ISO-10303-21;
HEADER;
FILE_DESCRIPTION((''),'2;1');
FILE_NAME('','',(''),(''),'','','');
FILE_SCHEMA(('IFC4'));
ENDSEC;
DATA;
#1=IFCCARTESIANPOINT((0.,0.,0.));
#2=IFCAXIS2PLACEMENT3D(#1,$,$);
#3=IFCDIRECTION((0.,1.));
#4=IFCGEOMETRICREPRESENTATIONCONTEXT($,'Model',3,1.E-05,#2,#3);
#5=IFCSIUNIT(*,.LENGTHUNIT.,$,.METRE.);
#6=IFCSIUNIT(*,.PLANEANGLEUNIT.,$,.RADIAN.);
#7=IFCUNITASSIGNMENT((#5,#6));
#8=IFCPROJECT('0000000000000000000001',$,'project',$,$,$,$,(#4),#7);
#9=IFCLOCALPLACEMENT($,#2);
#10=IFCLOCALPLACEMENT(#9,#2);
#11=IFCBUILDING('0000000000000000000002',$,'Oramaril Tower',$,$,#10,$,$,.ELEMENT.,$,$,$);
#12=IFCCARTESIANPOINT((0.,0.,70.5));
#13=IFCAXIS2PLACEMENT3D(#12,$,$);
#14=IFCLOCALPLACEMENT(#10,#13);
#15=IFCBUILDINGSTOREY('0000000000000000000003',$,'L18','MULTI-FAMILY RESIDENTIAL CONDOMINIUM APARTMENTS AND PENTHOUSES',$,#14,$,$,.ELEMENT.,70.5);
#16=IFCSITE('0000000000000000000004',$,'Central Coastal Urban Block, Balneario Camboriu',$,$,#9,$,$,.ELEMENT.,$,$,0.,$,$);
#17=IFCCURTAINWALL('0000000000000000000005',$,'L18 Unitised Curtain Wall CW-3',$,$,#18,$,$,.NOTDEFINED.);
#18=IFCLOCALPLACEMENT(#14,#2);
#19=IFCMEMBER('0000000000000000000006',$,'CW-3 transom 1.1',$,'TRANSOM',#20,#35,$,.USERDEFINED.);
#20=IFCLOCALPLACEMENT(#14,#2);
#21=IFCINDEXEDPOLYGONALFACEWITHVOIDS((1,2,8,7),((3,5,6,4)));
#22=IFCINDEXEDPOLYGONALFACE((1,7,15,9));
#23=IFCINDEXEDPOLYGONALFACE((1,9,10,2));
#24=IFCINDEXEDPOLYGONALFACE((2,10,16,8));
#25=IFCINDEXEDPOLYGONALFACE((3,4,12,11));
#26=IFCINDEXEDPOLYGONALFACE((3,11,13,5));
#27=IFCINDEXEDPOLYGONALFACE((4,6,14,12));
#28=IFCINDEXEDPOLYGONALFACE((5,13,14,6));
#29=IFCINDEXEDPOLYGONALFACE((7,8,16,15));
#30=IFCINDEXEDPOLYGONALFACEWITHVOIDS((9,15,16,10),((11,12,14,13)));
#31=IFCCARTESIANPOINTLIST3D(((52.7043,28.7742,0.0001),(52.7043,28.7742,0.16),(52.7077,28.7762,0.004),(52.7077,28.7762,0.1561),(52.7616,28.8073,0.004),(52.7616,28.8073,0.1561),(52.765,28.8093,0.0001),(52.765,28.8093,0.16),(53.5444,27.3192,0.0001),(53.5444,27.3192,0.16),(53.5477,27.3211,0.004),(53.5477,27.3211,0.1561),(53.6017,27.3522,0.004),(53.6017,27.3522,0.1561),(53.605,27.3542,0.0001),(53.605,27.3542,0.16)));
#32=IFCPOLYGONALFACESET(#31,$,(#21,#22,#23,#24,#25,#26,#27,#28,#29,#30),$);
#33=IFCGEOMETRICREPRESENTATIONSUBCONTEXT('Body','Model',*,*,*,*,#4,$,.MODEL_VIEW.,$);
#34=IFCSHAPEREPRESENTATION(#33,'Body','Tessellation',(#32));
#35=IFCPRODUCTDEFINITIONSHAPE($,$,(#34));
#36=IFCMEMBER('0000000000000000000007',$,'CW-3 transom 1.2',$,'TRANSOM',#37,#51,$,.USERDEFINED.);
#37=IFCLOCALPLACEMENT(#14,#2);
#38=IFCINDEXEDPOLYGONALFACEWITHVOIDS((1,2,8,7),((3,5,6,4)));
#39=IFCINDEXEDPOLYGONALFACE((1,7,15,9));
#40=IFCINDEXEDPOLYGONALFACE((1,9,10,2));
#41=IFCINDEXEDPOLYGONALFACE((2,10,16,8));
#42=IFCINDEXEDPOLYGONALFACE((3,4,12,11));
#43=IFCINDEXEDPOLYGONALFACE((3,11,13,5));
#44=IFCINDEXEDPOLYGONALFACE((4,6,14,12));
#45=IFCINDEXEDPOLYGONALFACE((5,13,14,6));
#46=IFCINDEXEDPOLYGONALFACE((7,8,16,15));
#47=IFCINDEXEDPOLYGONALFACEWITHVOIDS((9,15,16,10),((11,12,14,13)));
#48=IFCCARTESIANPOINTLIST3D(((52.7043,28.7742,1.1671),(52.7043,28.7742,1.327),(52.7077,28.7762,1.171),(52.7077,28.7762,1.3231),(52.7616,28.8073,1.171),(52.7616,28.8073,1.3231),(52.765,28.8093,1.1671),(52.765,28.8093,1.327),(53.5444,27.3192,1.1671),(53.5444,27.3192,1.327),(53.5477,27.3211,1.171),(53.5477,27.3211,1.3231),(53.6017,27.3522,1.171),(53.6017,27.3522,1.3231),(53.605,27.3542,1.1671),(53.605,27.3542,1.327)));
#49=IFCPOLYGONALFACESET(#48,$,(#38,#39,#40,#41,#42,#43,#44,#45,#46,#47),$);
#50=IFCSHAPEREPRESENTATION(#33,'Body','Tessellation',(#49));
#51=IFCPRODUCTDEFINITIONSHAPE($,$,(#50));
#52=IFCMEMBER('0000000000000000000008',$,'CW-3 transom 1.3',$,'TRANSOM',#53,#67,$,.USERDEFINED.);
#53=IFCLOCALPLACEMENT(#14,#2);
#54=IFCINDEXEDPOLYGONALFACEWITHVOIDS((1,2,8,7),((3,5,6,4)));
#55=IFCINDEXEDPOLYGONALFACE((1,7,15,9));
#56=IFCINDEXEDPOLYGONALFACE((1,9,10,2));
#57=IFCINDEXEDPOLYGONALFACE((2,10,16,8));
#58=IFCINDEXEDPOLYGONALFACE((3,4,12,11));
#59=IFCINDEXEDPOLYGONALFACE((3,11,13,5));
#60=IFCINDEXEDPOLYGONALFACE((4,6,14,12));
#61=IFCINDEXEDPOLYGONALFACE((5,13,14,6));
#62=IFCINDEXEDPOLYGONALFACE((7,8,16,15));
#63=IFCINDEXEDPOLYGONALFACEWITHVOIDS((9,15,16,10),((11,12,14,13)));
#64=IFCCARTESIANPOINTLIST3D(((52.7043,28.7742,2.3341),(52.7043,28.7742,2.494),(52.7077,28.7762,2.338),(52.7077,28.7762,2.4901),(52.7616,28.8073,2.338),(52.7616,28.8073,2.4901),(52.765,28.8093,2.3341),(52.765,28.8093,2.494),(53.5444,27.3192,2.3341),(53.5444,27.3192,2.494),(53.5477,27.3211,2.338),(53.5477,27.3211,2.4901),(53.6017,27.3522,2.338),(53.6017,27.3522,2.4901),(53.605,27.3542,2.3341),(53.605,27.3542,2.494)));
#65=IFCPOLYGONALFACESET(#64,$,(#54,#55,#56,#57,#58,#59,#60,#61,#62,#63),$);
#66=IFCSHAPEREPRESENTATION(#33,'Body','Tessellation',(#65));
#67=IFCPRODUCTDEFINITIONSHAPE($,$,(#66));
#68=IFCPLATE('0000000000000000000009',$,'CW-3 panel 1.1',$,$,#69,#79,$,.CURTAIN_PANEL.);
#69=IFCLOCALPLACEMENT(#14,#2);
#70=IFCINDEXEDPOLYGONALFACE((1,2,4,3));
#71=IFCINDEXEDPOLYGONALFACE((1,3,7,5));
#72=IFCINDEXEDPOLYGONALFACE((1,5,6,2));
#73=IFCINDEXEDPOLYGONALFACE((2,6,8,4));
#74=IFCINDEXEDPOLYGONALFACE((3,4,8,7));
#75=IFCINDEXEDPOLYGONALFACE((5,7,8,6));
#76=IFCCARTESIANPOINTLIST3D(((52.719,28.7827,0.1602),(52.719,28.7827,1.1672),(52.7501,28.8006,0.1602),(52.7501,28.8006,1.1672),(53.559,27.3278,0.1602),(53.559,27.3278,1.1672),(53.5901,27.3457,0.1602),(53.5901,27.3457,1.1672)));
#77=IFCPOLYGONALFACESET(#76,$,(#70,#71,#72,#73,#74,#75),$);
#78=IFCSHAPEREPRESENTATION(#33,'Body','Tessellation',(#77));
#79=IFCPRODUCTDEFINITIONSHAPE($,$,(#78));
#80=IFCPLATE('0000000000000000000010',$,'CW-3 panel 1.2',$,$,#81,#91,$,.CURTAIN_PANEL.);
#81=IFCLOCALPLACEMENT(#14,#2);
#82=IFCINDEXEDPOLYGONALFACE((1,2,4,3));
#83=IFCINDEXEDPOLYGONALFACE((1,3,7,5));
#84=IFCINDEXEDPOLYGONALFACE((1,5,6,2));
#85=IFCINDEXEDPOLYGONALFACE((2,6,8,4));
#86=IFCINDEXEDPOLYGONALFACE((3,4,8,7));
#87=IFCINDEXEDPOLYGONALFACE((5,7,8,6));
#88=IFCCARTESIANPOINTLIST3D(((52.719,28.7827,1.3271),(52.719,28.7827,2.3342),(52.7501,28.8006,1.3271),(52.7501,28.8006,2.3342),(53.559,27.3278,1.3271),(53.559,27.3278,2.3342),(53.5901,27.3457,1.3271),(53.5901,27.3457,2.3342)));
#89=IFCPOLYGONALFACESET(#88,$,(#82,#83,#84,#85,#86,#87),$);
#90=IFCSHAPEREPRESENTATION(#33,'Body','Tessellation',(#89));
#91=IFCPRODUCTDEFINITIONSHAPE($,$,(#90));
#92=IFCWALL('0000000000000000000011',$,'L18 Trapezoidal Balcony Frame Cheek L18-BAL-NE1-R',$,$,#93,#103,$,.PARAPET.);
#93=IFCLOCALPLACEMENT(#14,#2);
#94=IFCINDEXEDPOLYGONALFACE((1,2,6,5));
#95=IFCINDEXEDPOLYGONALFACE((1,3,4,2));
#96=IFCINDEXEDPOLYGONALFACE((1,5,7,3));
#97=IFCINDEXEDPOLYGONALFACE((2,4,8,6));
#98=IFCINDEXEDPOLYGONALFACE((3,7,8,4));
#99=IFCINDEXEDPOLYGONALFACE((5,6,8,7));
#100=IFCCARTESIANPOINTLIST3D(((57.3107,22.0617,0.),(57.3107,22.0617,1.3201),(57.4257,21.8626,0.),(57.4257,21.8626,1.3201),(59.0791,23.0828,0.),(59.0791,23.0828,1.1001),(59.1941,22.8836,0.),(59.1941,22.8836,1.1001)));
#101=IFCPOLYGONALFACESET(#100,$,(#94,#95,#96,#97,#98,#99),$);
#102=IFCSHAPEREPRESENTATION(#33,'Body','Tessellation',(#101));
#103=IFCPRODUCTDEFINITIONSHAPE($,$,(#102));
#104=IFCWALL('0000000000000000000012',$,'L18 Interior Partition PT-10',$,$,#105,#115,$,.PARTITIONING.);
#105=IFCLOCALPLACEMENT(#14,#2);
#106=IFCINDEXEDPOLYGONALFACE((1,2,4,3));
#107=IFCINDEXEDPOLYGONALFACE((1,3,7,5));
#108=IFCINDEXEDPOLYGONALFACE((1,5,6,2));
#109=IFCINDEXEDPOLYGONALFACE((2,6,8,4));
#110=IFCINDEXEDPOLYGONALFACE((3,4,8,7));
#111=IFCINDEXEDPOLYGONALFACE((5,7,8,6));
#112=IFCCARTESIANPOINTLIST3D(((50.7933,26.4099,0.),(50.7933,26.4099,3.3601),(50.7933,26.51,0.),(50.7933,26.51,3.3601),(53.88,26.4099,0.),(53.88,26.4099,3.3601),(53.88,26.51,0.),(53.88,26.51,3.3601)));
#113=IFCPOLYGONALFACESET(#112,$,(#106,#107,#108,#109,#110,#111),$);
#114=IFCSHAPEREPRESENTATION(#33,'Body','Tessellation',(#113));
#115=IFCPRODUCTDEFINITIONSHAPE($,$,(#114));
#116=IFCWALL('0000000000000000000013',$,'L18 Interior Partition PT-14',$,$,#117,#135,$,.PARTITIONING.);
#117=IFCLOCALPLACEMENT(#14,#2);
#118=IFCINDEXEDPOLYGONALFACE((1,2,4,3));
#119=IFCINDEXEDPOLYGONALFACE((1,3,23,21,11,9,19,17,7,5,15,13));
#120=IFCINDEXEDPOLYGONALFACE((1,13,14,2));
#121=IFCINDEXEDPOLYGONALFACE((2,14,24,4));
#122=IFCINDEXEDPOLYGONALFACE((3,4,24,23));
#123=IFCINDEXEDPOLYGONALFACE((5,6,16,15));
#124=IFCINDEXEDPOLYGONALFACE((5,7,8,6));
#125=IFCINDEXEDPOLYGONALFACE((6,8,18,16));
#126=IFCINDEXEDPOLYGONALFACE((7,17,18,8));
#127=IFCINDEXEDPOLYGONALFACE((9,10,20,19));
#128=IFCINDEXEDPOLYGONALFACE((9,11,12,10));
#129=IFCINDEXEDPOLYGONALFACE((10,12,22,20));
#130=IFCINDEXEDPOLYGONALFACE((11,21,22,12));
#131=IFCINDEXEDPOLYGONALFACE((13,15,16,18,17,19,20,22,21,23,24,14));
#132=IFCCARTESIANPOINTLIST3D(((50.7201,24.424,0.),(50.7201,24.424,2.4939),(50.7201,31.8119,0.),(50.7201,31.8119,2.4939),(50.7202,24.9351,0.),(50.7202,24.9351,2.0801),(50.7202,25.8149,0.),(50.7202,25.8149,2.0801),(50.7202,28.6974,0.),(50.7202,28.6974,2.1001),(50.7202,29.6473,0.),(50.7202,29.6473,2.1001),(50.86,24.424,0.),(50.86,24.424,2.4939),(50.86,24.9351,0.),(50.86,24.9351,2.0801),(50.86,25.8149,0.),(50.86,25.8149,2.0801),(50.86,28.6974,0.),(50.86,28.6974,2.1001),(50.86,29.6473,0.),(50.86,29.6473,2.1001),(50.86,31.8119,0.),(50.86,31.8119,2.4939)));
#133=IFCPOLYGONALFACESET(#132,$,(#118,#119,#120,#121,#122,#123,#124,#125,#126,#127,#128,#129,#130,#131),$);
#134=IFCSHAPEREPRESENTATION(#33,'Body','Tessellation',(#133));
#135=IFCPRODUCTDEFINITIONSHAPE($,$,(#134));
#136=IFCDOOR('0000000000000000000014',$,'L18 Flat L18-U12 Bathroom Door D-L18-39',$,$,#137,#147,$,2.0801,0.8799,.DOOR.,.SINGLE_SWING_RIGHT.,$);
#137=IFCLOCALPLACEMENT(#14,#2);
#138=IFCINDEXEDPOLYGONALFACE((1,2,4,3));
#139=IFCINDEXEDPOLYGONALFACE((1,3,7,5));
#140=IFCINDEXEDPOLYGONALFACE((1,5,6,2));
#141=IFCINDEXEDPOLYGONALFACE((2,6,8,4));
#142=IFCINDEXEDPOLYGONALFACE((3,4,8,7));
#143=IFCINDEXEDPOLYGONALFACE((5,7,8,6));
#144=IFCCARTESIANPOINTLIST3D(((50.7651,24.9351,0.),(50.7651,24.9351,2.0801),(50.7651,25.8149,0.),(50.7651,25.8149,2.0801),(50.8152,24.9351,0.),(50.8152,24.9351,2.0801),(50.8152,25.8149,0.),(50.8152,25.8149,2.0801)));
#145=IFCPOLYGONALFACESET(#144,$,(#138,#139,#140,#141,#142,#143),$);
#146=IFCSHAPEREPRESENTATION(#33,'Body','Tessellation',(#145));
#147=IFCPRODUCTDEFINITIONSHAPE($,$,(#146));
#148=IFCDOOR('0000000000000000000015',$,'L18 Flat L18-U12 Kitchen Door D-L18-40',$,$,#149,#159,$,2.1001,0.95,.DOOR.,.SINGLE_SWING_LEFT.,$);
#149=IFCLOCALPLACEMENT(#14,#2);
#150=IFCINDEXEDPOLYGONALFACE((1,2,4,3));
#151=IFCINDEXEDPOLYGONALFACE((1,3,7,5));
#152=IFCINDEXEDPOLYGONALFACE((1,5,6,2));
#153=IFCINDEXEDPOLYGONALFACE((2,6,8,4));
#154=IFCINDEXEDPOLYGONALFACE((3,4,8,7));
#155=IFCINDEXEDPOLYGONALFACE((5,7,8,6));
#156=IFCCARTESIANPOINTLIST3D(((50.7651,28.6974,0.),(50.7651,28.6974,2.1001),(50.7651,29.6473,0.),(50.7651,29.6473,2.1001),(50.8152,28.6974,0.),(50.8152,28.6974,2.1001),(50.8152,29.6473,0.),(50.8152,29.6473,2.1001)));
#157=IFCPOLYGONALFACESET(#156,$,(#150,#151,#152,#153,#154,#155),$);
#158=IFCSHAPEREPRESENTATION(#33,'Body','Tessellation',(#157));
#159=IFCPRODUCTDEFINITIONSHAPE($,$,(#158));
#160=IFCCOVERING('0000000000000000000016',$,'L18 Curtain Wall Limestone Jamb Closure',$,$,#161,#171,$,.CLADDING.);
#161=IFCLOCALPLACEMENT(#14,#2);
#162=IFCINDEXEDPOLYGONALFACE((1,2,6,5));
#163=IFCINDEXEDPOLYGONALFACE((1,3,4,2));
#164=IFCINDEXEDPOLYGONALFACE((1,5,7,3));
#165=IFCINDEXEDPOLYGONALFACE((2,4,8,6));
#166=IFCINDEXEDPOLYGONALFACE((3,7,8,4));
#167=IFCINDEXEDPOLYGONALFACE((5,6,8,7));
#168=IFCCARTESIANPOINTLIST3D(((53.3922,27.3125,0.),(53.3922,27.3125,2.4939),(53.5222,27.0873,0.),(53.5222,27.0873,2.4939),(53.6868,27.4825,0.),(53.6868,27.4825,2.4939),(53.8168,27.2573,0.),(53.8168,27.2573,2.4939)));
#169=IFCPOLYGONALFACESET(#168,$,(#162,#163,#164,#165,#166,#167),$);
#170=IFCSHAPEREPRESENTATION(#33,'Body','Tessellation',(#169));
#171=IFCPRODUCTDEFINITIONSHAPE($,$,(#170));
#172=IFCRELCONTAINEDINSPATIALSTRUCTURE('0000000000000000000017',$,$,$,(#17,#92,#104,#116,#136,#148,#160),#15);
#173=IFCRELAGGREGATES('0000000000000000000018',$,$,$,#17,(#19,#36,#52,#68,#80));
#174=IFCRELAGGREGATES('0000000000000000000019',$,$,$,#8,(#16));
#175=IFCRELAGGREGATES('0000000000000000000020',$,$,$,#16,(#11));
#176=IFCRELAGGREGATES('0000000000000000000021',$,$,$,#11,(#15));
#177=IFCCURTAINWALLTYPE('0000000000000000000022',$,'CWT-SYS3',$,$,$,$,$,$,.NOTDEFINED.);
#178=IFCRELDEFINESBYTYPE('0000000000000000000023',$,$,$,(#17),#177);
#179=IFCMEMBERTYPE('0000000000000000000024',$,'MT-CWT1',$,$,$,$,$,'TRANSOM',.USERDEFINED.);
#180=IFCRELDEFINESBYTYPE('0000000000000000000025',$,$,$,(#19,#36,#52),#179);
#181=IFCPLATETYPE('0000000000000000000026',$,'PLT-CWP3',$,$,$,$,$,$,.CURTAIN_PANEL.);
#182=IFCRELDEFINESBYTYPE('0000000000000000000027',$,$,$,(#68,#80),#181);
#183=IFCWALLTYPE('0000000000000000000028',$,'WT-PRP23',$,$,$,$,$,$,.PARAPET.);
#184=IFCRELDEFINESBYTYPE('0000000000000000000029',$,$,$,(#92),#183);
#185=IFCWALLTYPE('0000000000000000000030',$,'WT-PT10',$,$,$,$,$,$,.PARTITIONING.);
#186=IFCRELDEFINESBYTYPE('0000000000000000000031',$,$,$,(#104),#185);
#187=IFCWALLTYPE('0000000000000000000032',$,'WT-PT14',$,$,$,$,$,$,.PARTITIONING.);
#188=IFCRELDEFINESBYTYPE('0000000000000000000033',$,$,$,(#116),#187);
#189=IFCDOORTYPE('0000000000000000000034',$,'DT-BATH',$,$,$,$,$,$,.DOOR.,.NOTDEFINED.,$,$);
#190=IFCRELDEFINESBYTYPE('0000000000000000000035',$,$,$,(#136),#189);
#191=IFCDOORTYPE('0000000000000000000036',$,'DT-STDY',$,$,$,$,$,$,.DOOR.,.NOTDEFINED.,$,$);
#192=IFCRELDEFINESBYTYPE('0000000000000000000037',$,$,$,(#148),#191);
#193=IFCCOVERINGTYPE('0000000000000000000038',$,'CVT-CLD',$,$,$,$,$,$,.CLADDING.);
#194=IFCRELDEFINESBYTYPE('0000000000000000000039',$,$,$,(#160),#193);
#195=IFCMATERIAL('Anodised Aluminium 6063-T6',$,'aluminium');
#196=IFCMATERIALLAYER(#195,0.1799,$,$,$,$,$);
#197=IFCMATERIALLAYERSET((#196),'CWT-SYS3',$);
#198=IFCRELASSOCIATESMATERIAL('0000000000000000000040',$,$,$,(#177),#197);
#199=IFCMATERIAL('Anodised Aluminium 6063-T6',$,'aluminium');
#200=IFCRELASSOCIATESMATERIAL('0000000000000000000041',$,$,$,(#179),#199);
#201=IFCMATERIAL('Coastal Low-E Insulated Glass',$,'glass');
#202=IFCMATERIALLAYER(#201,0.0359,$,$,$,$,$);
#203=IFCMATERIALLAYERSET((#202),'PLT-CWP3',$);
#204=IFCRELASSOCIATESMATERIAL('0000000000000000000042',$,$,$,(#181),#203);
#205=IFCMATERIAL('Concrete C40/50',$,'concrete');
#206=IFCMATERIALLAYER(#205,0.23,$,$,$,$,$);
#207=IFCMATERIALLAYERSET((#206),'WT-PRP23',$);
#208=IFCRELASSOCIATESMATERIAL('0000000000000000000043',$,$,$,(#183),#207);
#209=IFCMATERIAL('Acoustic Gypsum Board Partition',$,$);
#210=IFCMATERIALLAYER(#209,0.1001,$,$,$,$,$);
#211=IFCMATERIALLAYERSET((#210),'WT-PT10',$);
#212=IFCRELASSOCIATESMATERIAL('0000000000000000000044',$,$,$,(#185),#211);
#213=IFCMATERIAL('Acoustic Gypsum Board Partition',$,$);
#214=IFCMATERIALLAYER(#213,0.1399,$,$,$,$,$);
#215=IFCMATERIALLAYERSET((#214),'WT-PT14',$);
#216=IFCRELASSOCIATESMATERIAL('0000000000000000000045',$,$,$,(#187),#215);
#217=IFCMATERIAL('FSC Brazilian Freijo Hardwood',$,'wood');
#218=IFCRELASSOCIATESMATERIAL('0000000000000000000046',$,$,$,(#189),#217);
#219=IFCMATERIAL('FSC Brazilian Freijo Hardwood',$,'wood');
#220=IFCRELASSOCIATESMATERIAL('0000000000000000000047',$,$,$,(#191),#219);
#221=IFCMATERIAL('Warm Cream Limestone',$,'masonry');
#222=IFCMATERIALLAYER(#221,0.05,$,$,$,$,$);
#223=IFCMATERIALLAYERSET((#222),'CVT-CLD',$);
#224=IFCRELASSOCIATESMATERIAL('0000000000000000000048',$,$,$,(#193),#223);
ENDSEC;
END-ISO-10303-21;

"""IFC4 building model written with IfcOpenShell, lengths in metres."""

from ifc_helpers import new_model, si_unit, direction, frame, frame_2d, origin, origin_2d, place, context, subcontext, project, spatial, polyline, rectangle, hollow_rectangle, outline, extrude, material, layer, layer_set, material_profile, profile_set, type_object, element, fill, aggregate, save


model = new_model("IFC4")

# Units and contexts
model_context = context("Model", 3, precision=1e-05, world=origin(), true_north=direction((0.0, 1.0)))
body_context = subcontext(model_context, "Body", "Model", "MODEL_VIEW")
ifc_project = project(units=[si_unit("LENGTHUNIT", "METRE"), si_unit("PLANEANGLEUNIT", "RADIAN")], contexts=[model_context])

# Site, building, storey
site_placement = place(None, origin())
site = spatial("IfcSite", under=ifc_project, at=site_placement, Name="Central Coastal Urban Block, Balneario Camboriu", CompositionType="ELEMENT", RefElevation=0.0)
building_placement = place(site_placement, origin())
building = spatial("IfcBuilding", under=site, at=building_placement, Name="Oramaril Tower", CompositionType="ELEMENT")
storey_placement = place(building_placement, frame((0.0, 0.0, 70.5)))
storey = spatial("IfcBuildingStorey", under=building, at=storey_placement, Name="L18", Description="MULTI-FAMILY RESIDENTIAL CONDOMINIUM APARTMENTS AND PENTHOUSES", CompositionType="ELEMENT", Elevation=70.5)

# Curtain wall, members, plates
ifc_material_1 = material(Name="Anodised Aluminium 6063-T6", Category="aluminium")
ifc_layer_1 = layer(ifc_material_1, 0.1799)
ifc_layer_set_1 = layer_set([ifc_layer_1], Name="CWT-SYS3")
curtain_wall_type = type_object("IfcCurtainWallType", Name="CWT-SYS3", PredefinedType="NOTDEFINED", material=ifc_layer_set_1)
curtain_wall_placement = place(storey_placement, origin())
curtain_wall = element("IfcCurtainWall", 1, at=curtain_wall_placement, inside=storey, type_object=curtain_wall_type, Name="L18 Unitised Curtain Wall CW-3", PredefinedType="NOTDEFINED")
ifc_material_2 = material(Name="Anodised Aluminium 6063-T6", Category="aluminium")
ifc_material_profile_1 = material_profile(ifc_material_2, hollow_rectangle(XDim=0.0701, YDim=0.1599, WallThickness=0.0039, at=origin_2d()), Name="CWT160X70")
ifc_profile_set_1 = profile_set([ifc_material_profile_1], Name="Anodised Aluminium 6063-T6")
member_type_1 = type_object("IfcMemberType", Name="MT-CWT1", ElementType="TRANSOM", PredefinedType="USERDEFINED", material=ifc_profile_set_1)
member_1_placement = place(storey_placement, frame((53.5747, 27.3367, 0.0801), z_axis=(-0.499999, 0.866026, 0.0), x_axis=(-0.866026, -0.499999, 0.0)))
member_1 = element("IfcMember", 2, at=member_1_placement, type_object=member_type_1, Name="CW-3 transom 1.1", ObjectType="TRANSOM", PredefinedType="USERDEFINED", context=body_context, shape_type="SweptSolid", body=[
    extrude(hollow_rectangle(XDim=0.0701, YDim=0.1599, WallThickness=0.0039, at=origin_2d()), origin(), (0.0, 0.0, 1.0), 1.6802),
])
member_2_placement = place(storey_placement, frame((53.5747, 27.3367, 1.2471), z_axis=(-0.499999, 0.866026, 0.0), x_axis=(-0.866026, -0.499999, 0.0)))
member_2 = element("IfcMember", 3, at=member_2_placement, type_object=member_type_1, Name="CW-3 transom 1.2", ObjectType="TRANSOM", PredefinedType="USERDEFINED", context=body_context, shape_type="SweptSolid", body=[
    extrude(hollow_rectangle(XDim=0.0701, YDim=0.1599, WallThickness=0.0039, at=origin_2d()), origin(), (0.0, 0.0, 1.0), 1.6802),
])
member_3_placement = place(storey_placement, frame((53.5747, 27.3367, 2.4141), z_axis=(-0.499999, 0.866026, 0.0), x_axis=(-0.866026, -0.499999, 0.0)))
member_3 = element("IfcMember", 4, at=member_3_placement, type_object=member_type_1, Name="CW-3 transom 1.3", ObjectType="TRANSOM", PredefinedType="USERDEFINED", context=body_context, shape_type="SweptSolid", body=[
    extrude(hollow_rectangle(XDim=0.0701, YDim=0.1599, WallThickness=0.0039, at=origin_2d()), origin(), (0.0, 0.0, 1.0), 1.6802),
])
ifc_material_3 = material(Name="Coastal Low-E Insulated Glass", Category="glass")
ifc_layer_2 = layer(ifc_material_3, 0.0359)
ifc_layer_set_2 = layer_set([ifc_layer_2], Name="PLT-CWP3")
plate_type = type_object("IfcPlateType", Name="PLT-CWP3", PredefinedType="CURTAIN_PANEL", material=ifc_layer_set_2)
plate_1_placement = place(storey_placement, frame((53.1545, 28.0642, 0.1602), z_axis=(0.0, 0.0, 1.0), x_axis=(-0.5, 0.866025, 0.0)))
plate_1 = element("IfcPlate", 5, at=plate_1_placement, type_object=plate_type, Name="CW-3 panel 1.1", PredefinedType="CURTAIN_PANEL", context=body_context, shape_type="SweptSolid", body=[
    extrude(rectangle(XDim=1.6799, YDim=0.0359, at=origin_2d()), origin(), (0.0, 0.0, 1.0), 1.0071),
])
plate_2_placement = place(storey_placement, frame((53.1545, 28.0642, 1.3271), z_axis=(0.0, 0.0, 1.0), x_axis=(-0.5, 0.866025, 0.0)))
plate_2 = element("IfcPlate", 6, at=plate_2_placement, type_object=plate_type, Name="CW-3 panel 1.2", PredefinedType="CURTAIN_PANEL", context=body_context, shape_type="SweptSolid", body=[
    extrude(rectangle(XDim=1.6799, YDim=0.0359, at=origin_2d()), origin(), (0.0, 0.0, 1.0), 1.0071),
])
aggregate(curtain_wall, [member_1, member_2, member_3, plate_1, plate_2])

# Walls
ifc_material_4 = material(Name="Concrete C40/50", Category="concrete")
ifc_layer_3 = layer(ifc_material_4, 0.23)
ifc_layer_set_3 = layer_set([ifc_layer_3], Name="WT-PRP23")
wall_type_1 = type_object("IfcWallType", Name="WT-PRP23", PredefinedType="PARAPET", material=ifc_layer_set_3)
wall_1_placement = place(storey_placement, frame((57.3682, 21.9622, 0.0), z_axis=(0.0, 0.0, 1.0), x_axis=(0.866012, 0.500023, 0.0)))
element("IfcWall", 7, at=wall_1_placement, inside=storey, type_object=wall_type_1, Name="L18 Trapezoidal Balcony Frame Cheek L18-BAL-NE1-R", PredefinedType="PARAPET", context=body_context, shape_type="SweptSolid", body=[
    extrude(outline(polyline([(0.0, 0.0), (2.042, 0.0), (2.042, 1.1001), (0.0, 1.3201), (0.0, 0.0)])), frame((0.0, 0.115, 0.0), z_axis=(0.0, -1.0, 0.0), x_axis=(1.0, 0.0, 0.0)), (0.0, 0.0, 1.0), 0.23),
])
ifc_material_5 = material(Name="Acoustic Gypsum Board Partition")
ifc_layer_4 = layer(ifc_material_5, 0.1001)
ifc_layer_set_4 = layer_set([ifc_layer_4], Name="WT-PT10")
wall_type_2 = type_object("IfcWallType", Name="WT-PT10", PredefinedType="PARTITIONING", material=ifc_layer_set_4)
wall_2_placement = place(storey_placement, frame((50.7932, 26.46, 0.0), z_axis=(0.0, 0.0, 1.0), x_axis=(1.0, 0.0, 0.0)))
element("IfcWall", 8, at=wall_2_placement, inside=storey, type_object=wall_type_2, Name="L18 Interior Partition PT-10", PredefinedType="PARTITIONING", context=body_context, shape_type="SweptSolid", body=[
    extrude(rectangle(XDim=3.0867, YDim=0.1001, at=frame_2d((1.5435, 0.0))), origin(), (0.0, 0.0, 1.0), 3.3601),
])

# Wall, openings, doors
ifc_material_6 = material(Name="Acoustic Gypsum Board Partition")
ifc_layer_5 = layer(ifc_material_6, 0.1399)
ifc_layer_set_5 = layer_set([ifc_layer_5], Name="WT-PT14")
wall_type_3 = type_object("IfcWallType", Name="WT-PT14", PredefinedType="PARTITIONING", material=ifc_layer_set_5)
wall_3_placement = place(storey_placement, frame((50.79, 24.4241, 0.0), z_axis=(0.0, 0.0, 1.0), x_axis=(0.0, 1.0, 0.0)))
wall_3 = element("IfcWall", 9, at=wall_3_placement, inside=storey, type_object=wall_type_3, Name="L18 Interior Partition PT-14", PredefinedType="PARTITIONING", context=body_context, shape_type="SweptSolid", body=[
    extrude(rectangle(XDim=7.3879, YDim=0.1399, at=frame_2d((3.6938, 0.0))), origin(), (0.0, 0.0, 1.0), 2.4939),
])
opening_1_placement = place(wall_3_placement, frame((0.511, 0.0, 0.0)))
opening_1 = element("IfcOpeningElement", 10, at=opening_1_placement, cuts=wall_3, PredefinedType="OPENING", context=body_context, shape_type="SweptSolid", body=[
    extrude(rectangle(XDim=0.8799, YDim=2.0801, at=frame_2d((0.4399, 1.04))), frame((0.0, 0.0698, 0.0), z_axis=(0.0, -1.0, 0.0), x_axis=(1.0, 0.0, 0.0)), (0.0, 0.0, 1.0), 0.1399),
])
opening_2_placement = place(wall_3_placement, frame((4.2732, 0.0, 0.0)))
opening_2 = element("IfcOpeningElement", 11, at=opening_2_placement, cuts=wall_3, PredefinedType="OPENING", context=body_context, shape_type="SweptSolid", body=[
    extrude(rectangle(XDim=0.95, YDim=2.1001, at=frame_2d((0.4751, 1.05))), frame((0.0, 0.0698, 0.0), z_axis=(0.0, -1.0, 0.0), x_axis=(1.0, 0.0, 0.0)), (0.0, 0.0, 1.0), 0.1399),
])
ifc_material_7 = material(Name="FSC Brazilian Freijo Hardwood", Category="wood")
door_type_1 = type_object("IfcDoorType", Name="DT-BATH", OperationType="NOTDEFINED", PredefinedType="DOOR", material=ifc_material_7)
door_1_placement = place(opening_1_placement, origin())
door_1 = element("IfcDoor", 12, at=door_1_placement, inside=storey, type_object=door_type_1, Name="L18 Flat L18-U12 Bathroom Door D-L18-39", OperationType="SINGLE_SWING_RIGHT", OverallHeight=2.0801, OverallWidth=0.8799, PredefinedType="DOOR", context=body_context, shape_type="SweptSolid", body=[
    extrude(rectangle(XDim=0.8799, YDim=2.0801, at=frame_2d((0.4399, 1.04))), frame((0.0, 0.0249, 0.0), z_axis=(0.0, -1.0, 0.0), x_axis=(1.0, 0.0, 0.0)), (0.0, 0.0, 1.0), 0.05),
])
fill(opening_1, door_1)
ifc_material_8 = material(Name="FSC Brazilian Freijo Hardwood", Category="wood")
door_type_2 = type_object("IfcDoorType", Name="DT-STDY", OperationType="NOTDEFINED", PredefinedType="DOOR", material=ifc_material_8)
door_2_placement = place(opening_2_placement, origin())
door_2 = element("IfcDoor", 13, at=door_2_placement, inside=storey, type_object=door_type_2, Name="L18 Flat L18-U12 Kitchen Door D-L18-40", OperationType="SINGLE_SWING_LEFT", OverallHeight=2.1001, OverallWidth=0.95, PredefinedType="DOOR", context=body_context, shape_type="SweptSolid", body=[
    extrude(rectangle(XDim=0.95, YDim=2.1001, at=frame_2d((0.4751, 1.05))), frame((0.0, 0.0249, 0.0), z_axis=(0.0, -1.0, 0.0), x_axis=(1.0, 0.0, 0.0)), (0.0, 0.0, 1.0), 0.05),
])
fill(opening_2, door_2)

# Covering
ifc_material_9 = material(Name="Warm Cream Limestone", Category="masonry")
ifc_layer_6 = layer(ifc_material_9, 0.05)
ifc_layer_set_6 = layer_set([ifc_layer_6], Name="CVT-CLD")
covering_type = type_object("IfcCoveringType", Name="CVT-CLD", PredefinedType="CLADDING", material=ifc_layer_set_6)
covering_1_placement = place(storey_placement, frame((53.6045, 27.2849, 0.0), z_axis=(0.0, 0.0, 1.0), x_axis=(-0.5, 0.866025, 0.0)))
element("IfcCovering", 14, at=covering_1_placement, inside=storey, type_object=covering_type, Name="L18 Curtain Wall Limestone Jamb Closure", PredefinedType="CLADDING", context=body_context, shape_type="SweptSolid", body=[
    extrude(rectangle(XDim=0.26, YDim=0.3401, at=origin_2d()), origin(), (0.0, 0.0, 1.0), 2.4939),
])

save(model, "model.ifc")
